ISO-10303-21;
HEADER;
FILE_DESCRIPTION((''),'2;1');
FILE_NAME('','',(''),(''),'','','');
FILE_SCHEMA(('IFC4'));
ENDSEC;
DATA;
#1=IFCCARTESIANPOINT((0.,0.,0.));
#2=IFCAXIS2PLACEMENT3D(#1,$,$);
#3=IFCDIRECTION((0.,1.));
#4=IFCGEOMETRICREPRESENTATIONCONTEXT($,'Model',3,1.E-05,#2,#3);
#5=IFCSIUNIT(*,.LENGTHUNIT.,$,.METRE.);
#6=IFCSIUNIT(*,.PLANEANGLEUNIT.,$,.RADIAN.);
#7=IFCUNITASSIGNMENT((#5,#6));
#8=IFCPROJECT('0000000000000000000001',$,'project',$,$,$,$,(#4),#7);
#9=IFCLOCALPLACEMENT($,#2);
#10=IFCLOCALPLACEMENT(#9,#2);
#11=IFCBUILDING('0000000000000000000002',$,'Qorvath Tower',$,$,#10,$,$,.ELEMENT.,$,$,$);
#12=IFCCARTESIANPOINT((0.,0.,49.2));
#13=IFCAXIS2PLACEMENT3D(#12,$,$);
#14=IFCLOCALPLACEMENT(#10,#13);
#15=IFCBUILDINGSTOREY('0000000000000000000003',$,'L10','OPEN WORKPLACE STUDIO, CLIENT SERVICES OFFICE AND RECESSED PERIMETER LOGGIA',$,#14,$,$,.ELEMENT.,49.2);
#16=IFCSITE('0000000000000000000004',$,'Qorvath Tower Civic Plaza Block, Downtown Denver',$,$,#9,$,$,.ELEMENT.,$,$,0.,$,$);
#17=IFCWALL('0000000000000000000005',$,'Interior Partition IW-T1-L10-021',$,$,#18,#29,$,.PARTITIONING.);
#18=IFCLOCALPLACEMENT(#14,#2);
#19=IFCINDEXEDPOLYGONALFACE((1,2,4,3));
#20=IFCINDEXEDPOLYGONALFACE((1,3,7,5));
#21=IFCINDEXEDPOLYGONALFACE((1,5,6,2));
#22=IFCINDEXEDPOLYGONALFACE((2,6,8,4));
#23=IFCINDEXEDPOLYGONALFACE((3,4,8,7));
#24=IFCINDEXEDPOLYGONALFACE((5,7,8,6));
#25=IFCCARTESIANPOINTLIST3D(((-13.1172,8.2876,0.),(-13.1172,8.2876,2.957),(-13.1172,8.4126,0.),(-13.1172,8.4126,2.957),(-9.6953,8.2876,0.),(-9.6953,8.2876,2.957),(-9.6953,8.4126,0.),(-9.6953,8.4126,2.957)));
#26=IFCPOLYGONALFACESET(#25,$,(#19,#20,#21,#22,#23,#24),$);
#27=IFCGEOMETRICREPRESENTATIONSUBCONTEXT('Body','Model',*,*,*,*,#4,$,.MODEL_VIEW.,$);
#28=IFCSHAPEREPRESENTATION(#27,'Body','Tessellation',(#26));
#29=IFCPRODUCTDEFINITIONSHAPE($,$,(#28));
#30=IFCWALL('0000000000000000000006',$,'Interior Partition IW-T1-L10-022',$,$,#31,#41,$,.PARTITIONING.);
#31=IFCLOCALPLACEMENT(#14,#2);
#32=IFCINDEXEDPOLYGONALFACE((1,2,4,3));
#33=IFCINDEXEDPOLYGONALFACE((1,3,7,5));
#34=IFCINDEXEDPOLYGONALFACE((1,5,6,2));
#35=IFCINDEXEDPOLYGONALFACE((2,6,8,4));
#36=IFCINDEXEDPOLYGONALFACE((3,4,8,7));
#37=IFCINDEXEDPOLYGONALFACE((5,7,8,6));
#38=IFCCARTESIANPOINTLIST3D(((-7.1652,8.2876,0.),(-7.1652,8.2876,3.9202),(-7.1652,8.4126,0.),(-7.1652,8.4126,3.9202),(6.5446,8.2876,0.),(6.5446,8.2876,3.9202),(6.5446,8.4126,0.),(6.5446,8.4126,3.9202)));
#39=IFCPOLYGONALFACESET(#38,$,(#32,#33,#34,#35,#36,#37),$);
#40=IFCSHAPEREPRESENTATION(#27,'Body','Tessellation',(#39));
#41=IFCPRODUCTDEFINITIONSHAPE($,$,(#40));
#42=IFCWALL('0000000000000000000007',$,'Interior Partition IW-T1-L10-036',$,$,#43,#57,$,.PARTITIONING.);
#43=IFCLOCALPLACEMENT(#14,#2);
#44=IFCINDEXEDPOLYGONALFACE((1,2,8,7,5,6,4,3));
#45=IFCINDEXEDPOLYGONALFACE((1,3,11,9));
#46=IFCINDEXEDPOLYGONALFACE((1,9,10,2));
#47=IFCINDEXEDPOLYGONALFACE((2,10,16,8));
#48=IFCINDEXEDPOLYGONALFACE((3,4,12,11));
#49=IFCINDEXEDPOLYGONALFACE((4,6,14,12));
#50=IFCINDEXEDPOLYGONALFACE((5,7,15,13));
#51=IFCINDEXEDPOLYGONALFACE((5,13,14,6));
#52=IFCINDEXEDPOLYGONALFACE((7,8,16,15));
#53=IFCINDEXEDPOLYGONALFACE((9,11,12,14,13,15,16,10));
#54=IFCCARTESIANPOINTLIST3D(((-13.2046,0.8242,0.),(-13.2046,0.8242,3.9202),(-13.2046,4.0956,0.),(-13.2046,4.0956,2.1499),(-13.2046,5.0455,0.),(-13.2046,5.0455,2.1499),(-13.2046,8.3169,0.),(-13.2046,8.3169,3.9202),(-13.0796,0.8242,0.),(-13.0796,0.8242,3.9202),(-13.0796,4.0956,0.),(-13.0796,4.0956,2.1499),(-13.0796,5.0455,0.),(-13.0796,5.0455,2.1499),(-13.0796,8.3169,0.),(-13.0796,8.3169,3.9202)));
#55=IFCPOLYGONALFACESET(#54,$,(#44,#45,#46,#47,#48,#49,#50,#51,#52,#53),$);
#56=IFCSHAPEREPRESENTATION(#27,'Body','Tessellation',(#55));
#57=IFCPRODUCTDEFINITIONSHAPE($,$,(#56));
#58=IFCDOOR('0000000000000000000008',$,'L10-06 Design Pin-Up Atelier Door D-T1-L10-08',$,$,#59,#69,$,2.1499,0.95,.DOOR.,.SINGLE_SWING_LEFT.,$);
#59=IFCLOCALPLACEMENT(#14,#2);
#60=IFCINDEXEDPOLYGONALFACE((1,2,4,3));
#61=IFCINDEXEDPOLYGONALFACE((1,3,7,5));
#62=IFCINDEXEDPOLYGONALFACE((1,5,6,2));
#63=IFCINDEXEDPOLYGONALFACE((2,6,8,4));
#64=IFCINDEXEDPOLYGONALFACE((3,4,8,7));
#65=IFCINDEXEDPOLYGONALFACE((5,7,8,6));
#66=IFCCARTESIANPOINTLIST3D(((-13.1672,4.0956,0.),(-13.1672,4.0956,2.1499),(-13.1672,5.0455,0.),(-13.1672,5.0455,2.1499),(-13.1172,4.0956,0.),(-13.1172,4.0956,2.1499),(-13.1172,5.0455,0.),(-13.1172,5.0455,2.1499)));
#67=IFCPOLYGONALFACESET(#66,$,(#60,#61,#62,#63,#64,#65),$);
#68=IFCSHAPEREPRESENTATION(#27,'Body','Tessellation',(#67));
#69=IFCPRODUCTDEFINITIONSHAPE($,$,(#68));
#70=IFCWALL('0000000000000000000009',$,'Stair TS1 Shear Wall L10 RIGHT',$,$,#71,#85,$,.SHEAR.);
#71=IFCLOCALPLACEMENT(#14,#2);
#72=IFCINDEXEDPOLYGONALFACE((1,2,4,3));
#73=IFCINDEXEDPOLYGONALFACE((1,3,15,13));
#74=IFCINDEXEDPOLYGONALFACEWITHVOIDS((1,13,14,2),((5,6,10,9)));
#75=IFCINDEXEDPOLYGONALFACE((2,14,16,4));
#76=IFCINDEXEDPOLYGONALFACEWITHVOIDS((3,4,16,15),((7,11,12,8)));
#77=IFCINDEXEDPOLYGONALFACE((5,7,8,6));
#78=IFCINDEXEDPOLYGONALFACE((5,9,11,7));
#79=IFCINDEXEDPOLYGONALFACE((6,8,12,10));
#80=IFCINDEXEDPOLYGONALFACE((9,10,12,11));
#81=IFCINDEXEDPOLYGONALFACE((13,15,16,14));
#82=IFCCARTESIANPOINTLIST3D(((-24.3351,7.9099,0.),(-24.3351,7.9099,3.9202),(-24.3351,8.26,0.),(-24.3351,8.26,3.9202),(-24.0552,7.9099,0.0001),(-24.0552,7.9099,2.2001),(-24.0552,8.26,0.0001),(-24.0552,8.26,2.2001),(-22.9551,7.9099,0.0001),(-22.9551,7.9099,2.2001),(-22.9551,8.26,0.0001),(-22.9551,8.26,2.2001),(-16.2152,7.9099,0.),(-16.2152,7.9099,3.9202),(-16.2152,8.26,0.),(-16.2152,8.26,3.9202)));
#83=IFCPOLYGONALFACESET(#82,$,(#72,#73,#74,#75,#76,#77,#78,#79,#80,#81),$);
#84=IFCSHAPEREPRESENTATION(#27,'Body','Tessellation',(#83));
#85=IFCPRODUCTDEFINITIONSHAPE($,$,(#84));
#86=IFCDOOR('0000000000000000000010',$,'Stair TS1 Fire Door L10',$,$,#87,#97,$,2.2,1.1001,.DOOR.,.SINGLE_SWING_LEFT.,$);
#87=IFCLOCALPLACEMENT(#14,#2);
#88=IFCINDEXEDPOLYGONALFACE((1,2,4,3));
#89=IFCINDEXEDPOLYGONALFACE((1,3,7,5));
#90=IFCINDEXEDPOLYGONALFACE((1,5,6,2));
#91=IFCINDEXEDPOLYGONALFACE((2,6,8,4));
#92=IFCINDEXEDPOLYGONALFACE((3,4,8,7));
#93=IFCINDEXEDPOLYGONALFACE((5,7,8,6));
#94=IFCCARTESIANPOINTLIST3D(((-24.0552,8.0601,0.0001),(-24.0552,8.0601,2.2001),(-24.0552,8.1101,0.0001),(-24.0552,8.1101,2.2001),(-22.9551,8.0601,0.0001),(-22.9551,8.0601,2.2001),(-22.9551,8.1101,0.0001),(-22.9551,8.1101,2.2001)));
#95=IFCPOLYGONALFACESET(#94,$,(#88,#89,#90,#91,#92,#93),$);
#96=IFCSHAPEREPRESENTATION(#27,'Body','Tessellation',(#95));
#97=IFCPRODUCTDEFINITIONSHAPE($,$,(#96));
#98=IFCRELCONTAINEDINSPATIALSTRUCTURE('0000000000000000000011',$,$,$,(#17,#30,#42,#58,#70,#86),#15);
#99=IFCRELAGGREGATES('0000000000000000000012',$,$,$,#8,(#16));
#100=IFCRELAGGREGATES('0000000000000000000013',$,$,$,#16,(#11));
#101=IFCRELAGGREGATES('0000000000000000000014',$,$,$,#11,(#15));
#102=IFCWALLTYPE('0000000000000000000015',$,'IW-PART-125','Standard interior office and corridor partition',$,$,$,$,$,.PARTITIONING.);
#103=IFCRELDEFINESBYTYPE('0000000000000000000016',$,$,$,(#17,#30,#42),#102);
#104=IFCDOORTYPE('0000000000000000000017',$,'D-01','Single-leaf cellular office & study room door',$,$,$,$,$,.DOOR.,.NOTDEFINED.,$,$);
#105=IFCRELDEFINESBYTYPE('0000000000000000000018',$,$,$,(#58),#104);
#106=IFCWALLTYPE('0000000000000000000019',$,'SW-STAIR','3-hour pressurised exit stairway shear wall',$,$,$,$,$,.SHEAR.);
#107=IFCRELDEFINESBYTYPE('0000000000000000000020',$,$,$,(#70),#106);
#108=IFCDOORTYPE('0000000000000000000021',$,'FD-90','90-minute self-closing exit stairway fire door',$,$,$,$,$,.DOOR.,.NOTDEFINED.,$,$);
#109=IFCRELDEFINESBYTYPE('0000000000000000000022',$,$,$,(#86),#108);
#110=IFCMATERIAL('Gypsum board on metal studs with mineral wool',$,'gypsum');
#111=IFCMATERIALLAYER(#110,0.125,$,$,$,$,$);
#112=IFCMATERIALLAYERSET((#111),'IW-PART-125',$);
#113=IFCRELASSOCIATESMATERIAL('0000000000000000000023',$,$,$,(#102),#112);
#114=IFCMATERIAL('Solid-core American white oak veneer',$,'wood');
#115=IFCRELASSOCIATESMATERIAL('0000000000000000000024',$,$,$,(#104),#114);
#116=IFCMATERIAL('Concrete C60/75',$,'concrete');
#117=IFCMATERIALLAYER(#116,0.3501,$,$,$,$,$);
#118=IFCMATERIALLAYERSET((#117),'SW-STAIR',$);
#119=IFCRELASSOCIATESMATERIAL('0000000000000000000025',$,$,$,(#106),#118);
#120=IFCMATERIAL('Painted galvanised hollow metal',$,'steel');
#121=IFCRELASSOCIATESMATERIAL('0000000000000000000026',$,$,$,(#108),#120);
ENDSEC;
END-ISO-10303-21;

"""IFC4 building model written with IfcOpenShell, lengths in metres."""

from ifc_helpers import new_model, si_unit, direction, frame, frame_2d, origin, place, context, subcontext, project, spatial, rectangle, extrude, material, layer, layer_set, type_object, element, fill, save


model = new_model("IFC4")

# Units and contexts
model_context = context("Model", 3, precision=1e-05, world=origin(), true_north=direction((0.0, 1.0)))
body_context = subcontext(model_context, "Body", "Model", "MODEL_VIEW")
ifc_project = project(units=[si_unit("LENGTHUNIT", "METRE"), si_unit("PLANEANGLEUNIT", "RADIAN")], contexts=[model_context])

# Site, building, storey
site_placement = place(None, origin())
site = spatial("IfcSite", under=ifc_project, at=site_placement, Name="Qorvath Tower Civic Plaza Block, Downtown Denver", CompositionType="ELEMENT", RefElevation=0.0)
building_placement = place(site_placement, origin())
building = spatial("IfcBuilding", under=site, at=building_placement, Name="Qorvath Tower", CompositionType="ELEMENT")
storey_placement = place(building_placement, frame((0.0, 0.0, 49.2)))
storey = spatial("IfcBuildingStorey", under=building, at=storey_placement, Name="L10", Description="OPEN WORKPLACE STUDIO, CLIENT SERVICES OFFICE AND RECESSED PERIMETER LOGGIA", CompositionType="ELEMENT", Elevation=49.2)

# Walls
ifc_material_1 = material(Name="Gypsum board on metal studs with mineral wool", Category="gypsum")
ifc_layer_1 = layer(ifc_material_1, 0.125)
ifc_layer_set_1 = layer_set([ifc_layer_1], Name="IW-PART-125")
wall_type_1 = type_object("IfcWallType", Name="IW-PART-125", Description="Standard interior office and corridor partition", PredefinedType="PARTITIONING", material=ifc_layer_set_1)
wall_1_placement = place(storey_placement, frame((-13.1172, 8.3501, 0.0), z_axis=(0.0, 0.0, 1.0), x_axis=(1.0, 0.0, 0.0)))
element("IfcWall", 1, at=wall_1_placement, inside=storey, type_object=wall_type_1, Name="Interior Partition IW-T1-L10-021", PredefinedType="PARTITIONING", context=body_context, shape_type="SweptSolid", body=[
    extrude(rectangle(XDim=3.4219, YDim=0.125, at=frame_2d((1.7109, 0.0))), origin(), (0.0, 0.0, 1.0), 2.957),
])
wall_2_placement = place(storey_placement, frame((-7.1653, 8.3501, 0.0), z_axis=(0.0, 0.0, 1.0), x_axis=(1.0, 0.0, 0.0)))
element("IfcWall", 2, at=wall_2_placement, inside=storey, type_object=wall_type_1, Name="Interior Partition IW-T1-L10-022", PredefinedType="PARTITIONING", context=body_context, shape_type="SweptSolid", body=[
    extrude(rectangle(XDim=13.7097, YDim=0.125, at=frame_2d((6.855, 0.0))), origin(), (0.0, 0.0, 1.0), 3.9202),
])

# Walls, openings, doors
wall_3_placement = place(storey_placement, frame((-13.1421, 8.3169, 0.0), z_axis=(0.0, 0.0, 1.0), x_axis=(0.0, -1.0, 0.0)))
wall_3 = element("IfcWall", 3, at=wall_3_placement, inside=storey, type_object=wall_type_1, Name="Interior Partition IW-T1-L10-036", PredefinedType="PARTITIONING", context=body_context, shape_type="SweptSolid", body=[
    extrude(rectangle(XDim=7.4927, YDim=0.125, at=frame_2d((3.7463, 0.0))), origin(), (0.0, 0.0, 1.0), 3.9202),
])
opening_1_placement = place(wall_3_placement, frame((3.2712, 0.0, 0.0)))
opening_1 = element("IfcOpeningElement", 4, at=opening_1_placement, cuts=wall_3, PredefinedType="OPENING", context=body_context, shape_type="SweptSolid", body=[
    extrude(rectangle(XDim=0.95, YDim=2.1499, at=frame_2d((0.4751, 1.075))), frame((0.0, 0.0725, 0.0), z_axis=(0.0, -1.0, 0.0), x_axis=(1.0, 0.0, 0.0)), (0.0, 0.0, 1.0), 0.145),
])
ifc_material_2 = material(Name="Solid-core American white oak veneer", Category="wood")
door_type_1 = type_object("IfcDoorType", Name="D-01", Description="Single-leaf cellular office & study room door", OperationType="NOTDEFINED", PredefinedType="DOOR", material=ifc_material_2)
door_1_placement = place(opening_1_placement, origin())
door_1 = element("IfcDoor", 5, at=door_1_placement, inside=storey, type_object=door_type_1, Name="L10-06 Design Pin-Up Atelier Door D-T1-L10-08", OperationType="SINGLE_SWING_LEFT", OverallHeight=2.1499, OverallWidth=0.95, PredefinedType="DOOR", context=body_context, shape_type="SweptSolid", body=[
    extrude(rectangle(XDim=0.95, YDim=2.1499, at=frame_2d((0.4751, 1.075))), frame((0.0, 0.0249, 0.0), z_axis=(0.0, -1.0, 0.0), x_axis=(1.0, 0.0, 0.0)), (0.0, 0.0, 1.0), 0.05),
])
fill(opening_1, door_1)
ifc_material_3 = material(Name="Concrete C60/75", Category="concrete")
ifc_layer_2 = layer(ifc_material_3, 0.3501)
ifc_layer_set_2 = layer_set([ifc_layer_2], Name="SW-STAIR")
wall_type_2 = type_object("IfcWallType", Name="SW-STAIR", Description="3-hour pressurised exit stairway shear wall", PredefinedType="SHEAR", material=ifc_layer_set_2)
wall_4_placement = place(storey_placement, frame((-16.2151, 8.085, 0.0), z_axis=(0.0, 0.0, 1.0), x_axis=(-1.0, 0.0, 0.0)))
wall_4 = element("IfcWall", 6, at=wall_4_placement, inside=storey, type_object=wall_type_2, Name="Stair TS1 Shear Wall L10 RIGHT", PredefinedType="SHEAR", context=body_context, shape_type="SweptSolid", body=[
    extrude(rectangle(XDim=8.1199, YDim=0.3501, at=frame_2d((4.0601, 0.0))), origin(), (0.0, 0.0, 1.0), 3.9202),
])
opening_2_placement = place(wall_4_placement, frame((6.74, 0.0, 0.0)))
opening_2 = element("IfcOpeningElement", 7, at=opening_2_placement, cuts=wall_4, PredefinedType="OPENING", context=body_context, shape_type="SweptSolid", body=[
    extrude(rectangle(XDim=1.1001, YDim=2.2, at=frame_2d((0.55, 1.1001))), frame((0.0, 0.1851, 0.0), z_axis=(0.0, -1.0, 0.0), x_axis=(1.0, 0.0, 0.0)), (0.0, 0.0, 1.0), 0.3701),
])
ifc_material_4 = material(Name="Painted galvanised hollow metal", Category="steel")
door_type_2 = type_object("IfcDoorType", Name="FD-90", Description="90-minute self-closing exit stairway fire door", OperationType="NOTDEFINED", PredefinedType="DOOR", material=ifc_material_4)
door_2_placement = place(opening_2_placement, origin())
door_2 = element("IfcDoor", 8, at=door_2_placement, inside=storey, type_object=door_type_2, Name="Stair TS1 Fire Door L10", OperationType="SINGLE_SWING_LEFT", OverallHeight=2.2, OverallWidth=1.1001, PredefinedType="DOOR", context=body_context, shape_type="SweptSolid", body=[
    extrude(rectangle(XDim=1.1001, YDim=2.2, at=frame_2d((0.55, 1.1001))), frame((0.0, 0.0249, 0.0), z_axis=(0.0, -1.0, 0.0), x_axis=(1.0, 0.0, 0.0)), (0.0, 0.0, 1.0), 0.05),
])
fill(opening_2, door_2)

save(model, "model.ifc")
